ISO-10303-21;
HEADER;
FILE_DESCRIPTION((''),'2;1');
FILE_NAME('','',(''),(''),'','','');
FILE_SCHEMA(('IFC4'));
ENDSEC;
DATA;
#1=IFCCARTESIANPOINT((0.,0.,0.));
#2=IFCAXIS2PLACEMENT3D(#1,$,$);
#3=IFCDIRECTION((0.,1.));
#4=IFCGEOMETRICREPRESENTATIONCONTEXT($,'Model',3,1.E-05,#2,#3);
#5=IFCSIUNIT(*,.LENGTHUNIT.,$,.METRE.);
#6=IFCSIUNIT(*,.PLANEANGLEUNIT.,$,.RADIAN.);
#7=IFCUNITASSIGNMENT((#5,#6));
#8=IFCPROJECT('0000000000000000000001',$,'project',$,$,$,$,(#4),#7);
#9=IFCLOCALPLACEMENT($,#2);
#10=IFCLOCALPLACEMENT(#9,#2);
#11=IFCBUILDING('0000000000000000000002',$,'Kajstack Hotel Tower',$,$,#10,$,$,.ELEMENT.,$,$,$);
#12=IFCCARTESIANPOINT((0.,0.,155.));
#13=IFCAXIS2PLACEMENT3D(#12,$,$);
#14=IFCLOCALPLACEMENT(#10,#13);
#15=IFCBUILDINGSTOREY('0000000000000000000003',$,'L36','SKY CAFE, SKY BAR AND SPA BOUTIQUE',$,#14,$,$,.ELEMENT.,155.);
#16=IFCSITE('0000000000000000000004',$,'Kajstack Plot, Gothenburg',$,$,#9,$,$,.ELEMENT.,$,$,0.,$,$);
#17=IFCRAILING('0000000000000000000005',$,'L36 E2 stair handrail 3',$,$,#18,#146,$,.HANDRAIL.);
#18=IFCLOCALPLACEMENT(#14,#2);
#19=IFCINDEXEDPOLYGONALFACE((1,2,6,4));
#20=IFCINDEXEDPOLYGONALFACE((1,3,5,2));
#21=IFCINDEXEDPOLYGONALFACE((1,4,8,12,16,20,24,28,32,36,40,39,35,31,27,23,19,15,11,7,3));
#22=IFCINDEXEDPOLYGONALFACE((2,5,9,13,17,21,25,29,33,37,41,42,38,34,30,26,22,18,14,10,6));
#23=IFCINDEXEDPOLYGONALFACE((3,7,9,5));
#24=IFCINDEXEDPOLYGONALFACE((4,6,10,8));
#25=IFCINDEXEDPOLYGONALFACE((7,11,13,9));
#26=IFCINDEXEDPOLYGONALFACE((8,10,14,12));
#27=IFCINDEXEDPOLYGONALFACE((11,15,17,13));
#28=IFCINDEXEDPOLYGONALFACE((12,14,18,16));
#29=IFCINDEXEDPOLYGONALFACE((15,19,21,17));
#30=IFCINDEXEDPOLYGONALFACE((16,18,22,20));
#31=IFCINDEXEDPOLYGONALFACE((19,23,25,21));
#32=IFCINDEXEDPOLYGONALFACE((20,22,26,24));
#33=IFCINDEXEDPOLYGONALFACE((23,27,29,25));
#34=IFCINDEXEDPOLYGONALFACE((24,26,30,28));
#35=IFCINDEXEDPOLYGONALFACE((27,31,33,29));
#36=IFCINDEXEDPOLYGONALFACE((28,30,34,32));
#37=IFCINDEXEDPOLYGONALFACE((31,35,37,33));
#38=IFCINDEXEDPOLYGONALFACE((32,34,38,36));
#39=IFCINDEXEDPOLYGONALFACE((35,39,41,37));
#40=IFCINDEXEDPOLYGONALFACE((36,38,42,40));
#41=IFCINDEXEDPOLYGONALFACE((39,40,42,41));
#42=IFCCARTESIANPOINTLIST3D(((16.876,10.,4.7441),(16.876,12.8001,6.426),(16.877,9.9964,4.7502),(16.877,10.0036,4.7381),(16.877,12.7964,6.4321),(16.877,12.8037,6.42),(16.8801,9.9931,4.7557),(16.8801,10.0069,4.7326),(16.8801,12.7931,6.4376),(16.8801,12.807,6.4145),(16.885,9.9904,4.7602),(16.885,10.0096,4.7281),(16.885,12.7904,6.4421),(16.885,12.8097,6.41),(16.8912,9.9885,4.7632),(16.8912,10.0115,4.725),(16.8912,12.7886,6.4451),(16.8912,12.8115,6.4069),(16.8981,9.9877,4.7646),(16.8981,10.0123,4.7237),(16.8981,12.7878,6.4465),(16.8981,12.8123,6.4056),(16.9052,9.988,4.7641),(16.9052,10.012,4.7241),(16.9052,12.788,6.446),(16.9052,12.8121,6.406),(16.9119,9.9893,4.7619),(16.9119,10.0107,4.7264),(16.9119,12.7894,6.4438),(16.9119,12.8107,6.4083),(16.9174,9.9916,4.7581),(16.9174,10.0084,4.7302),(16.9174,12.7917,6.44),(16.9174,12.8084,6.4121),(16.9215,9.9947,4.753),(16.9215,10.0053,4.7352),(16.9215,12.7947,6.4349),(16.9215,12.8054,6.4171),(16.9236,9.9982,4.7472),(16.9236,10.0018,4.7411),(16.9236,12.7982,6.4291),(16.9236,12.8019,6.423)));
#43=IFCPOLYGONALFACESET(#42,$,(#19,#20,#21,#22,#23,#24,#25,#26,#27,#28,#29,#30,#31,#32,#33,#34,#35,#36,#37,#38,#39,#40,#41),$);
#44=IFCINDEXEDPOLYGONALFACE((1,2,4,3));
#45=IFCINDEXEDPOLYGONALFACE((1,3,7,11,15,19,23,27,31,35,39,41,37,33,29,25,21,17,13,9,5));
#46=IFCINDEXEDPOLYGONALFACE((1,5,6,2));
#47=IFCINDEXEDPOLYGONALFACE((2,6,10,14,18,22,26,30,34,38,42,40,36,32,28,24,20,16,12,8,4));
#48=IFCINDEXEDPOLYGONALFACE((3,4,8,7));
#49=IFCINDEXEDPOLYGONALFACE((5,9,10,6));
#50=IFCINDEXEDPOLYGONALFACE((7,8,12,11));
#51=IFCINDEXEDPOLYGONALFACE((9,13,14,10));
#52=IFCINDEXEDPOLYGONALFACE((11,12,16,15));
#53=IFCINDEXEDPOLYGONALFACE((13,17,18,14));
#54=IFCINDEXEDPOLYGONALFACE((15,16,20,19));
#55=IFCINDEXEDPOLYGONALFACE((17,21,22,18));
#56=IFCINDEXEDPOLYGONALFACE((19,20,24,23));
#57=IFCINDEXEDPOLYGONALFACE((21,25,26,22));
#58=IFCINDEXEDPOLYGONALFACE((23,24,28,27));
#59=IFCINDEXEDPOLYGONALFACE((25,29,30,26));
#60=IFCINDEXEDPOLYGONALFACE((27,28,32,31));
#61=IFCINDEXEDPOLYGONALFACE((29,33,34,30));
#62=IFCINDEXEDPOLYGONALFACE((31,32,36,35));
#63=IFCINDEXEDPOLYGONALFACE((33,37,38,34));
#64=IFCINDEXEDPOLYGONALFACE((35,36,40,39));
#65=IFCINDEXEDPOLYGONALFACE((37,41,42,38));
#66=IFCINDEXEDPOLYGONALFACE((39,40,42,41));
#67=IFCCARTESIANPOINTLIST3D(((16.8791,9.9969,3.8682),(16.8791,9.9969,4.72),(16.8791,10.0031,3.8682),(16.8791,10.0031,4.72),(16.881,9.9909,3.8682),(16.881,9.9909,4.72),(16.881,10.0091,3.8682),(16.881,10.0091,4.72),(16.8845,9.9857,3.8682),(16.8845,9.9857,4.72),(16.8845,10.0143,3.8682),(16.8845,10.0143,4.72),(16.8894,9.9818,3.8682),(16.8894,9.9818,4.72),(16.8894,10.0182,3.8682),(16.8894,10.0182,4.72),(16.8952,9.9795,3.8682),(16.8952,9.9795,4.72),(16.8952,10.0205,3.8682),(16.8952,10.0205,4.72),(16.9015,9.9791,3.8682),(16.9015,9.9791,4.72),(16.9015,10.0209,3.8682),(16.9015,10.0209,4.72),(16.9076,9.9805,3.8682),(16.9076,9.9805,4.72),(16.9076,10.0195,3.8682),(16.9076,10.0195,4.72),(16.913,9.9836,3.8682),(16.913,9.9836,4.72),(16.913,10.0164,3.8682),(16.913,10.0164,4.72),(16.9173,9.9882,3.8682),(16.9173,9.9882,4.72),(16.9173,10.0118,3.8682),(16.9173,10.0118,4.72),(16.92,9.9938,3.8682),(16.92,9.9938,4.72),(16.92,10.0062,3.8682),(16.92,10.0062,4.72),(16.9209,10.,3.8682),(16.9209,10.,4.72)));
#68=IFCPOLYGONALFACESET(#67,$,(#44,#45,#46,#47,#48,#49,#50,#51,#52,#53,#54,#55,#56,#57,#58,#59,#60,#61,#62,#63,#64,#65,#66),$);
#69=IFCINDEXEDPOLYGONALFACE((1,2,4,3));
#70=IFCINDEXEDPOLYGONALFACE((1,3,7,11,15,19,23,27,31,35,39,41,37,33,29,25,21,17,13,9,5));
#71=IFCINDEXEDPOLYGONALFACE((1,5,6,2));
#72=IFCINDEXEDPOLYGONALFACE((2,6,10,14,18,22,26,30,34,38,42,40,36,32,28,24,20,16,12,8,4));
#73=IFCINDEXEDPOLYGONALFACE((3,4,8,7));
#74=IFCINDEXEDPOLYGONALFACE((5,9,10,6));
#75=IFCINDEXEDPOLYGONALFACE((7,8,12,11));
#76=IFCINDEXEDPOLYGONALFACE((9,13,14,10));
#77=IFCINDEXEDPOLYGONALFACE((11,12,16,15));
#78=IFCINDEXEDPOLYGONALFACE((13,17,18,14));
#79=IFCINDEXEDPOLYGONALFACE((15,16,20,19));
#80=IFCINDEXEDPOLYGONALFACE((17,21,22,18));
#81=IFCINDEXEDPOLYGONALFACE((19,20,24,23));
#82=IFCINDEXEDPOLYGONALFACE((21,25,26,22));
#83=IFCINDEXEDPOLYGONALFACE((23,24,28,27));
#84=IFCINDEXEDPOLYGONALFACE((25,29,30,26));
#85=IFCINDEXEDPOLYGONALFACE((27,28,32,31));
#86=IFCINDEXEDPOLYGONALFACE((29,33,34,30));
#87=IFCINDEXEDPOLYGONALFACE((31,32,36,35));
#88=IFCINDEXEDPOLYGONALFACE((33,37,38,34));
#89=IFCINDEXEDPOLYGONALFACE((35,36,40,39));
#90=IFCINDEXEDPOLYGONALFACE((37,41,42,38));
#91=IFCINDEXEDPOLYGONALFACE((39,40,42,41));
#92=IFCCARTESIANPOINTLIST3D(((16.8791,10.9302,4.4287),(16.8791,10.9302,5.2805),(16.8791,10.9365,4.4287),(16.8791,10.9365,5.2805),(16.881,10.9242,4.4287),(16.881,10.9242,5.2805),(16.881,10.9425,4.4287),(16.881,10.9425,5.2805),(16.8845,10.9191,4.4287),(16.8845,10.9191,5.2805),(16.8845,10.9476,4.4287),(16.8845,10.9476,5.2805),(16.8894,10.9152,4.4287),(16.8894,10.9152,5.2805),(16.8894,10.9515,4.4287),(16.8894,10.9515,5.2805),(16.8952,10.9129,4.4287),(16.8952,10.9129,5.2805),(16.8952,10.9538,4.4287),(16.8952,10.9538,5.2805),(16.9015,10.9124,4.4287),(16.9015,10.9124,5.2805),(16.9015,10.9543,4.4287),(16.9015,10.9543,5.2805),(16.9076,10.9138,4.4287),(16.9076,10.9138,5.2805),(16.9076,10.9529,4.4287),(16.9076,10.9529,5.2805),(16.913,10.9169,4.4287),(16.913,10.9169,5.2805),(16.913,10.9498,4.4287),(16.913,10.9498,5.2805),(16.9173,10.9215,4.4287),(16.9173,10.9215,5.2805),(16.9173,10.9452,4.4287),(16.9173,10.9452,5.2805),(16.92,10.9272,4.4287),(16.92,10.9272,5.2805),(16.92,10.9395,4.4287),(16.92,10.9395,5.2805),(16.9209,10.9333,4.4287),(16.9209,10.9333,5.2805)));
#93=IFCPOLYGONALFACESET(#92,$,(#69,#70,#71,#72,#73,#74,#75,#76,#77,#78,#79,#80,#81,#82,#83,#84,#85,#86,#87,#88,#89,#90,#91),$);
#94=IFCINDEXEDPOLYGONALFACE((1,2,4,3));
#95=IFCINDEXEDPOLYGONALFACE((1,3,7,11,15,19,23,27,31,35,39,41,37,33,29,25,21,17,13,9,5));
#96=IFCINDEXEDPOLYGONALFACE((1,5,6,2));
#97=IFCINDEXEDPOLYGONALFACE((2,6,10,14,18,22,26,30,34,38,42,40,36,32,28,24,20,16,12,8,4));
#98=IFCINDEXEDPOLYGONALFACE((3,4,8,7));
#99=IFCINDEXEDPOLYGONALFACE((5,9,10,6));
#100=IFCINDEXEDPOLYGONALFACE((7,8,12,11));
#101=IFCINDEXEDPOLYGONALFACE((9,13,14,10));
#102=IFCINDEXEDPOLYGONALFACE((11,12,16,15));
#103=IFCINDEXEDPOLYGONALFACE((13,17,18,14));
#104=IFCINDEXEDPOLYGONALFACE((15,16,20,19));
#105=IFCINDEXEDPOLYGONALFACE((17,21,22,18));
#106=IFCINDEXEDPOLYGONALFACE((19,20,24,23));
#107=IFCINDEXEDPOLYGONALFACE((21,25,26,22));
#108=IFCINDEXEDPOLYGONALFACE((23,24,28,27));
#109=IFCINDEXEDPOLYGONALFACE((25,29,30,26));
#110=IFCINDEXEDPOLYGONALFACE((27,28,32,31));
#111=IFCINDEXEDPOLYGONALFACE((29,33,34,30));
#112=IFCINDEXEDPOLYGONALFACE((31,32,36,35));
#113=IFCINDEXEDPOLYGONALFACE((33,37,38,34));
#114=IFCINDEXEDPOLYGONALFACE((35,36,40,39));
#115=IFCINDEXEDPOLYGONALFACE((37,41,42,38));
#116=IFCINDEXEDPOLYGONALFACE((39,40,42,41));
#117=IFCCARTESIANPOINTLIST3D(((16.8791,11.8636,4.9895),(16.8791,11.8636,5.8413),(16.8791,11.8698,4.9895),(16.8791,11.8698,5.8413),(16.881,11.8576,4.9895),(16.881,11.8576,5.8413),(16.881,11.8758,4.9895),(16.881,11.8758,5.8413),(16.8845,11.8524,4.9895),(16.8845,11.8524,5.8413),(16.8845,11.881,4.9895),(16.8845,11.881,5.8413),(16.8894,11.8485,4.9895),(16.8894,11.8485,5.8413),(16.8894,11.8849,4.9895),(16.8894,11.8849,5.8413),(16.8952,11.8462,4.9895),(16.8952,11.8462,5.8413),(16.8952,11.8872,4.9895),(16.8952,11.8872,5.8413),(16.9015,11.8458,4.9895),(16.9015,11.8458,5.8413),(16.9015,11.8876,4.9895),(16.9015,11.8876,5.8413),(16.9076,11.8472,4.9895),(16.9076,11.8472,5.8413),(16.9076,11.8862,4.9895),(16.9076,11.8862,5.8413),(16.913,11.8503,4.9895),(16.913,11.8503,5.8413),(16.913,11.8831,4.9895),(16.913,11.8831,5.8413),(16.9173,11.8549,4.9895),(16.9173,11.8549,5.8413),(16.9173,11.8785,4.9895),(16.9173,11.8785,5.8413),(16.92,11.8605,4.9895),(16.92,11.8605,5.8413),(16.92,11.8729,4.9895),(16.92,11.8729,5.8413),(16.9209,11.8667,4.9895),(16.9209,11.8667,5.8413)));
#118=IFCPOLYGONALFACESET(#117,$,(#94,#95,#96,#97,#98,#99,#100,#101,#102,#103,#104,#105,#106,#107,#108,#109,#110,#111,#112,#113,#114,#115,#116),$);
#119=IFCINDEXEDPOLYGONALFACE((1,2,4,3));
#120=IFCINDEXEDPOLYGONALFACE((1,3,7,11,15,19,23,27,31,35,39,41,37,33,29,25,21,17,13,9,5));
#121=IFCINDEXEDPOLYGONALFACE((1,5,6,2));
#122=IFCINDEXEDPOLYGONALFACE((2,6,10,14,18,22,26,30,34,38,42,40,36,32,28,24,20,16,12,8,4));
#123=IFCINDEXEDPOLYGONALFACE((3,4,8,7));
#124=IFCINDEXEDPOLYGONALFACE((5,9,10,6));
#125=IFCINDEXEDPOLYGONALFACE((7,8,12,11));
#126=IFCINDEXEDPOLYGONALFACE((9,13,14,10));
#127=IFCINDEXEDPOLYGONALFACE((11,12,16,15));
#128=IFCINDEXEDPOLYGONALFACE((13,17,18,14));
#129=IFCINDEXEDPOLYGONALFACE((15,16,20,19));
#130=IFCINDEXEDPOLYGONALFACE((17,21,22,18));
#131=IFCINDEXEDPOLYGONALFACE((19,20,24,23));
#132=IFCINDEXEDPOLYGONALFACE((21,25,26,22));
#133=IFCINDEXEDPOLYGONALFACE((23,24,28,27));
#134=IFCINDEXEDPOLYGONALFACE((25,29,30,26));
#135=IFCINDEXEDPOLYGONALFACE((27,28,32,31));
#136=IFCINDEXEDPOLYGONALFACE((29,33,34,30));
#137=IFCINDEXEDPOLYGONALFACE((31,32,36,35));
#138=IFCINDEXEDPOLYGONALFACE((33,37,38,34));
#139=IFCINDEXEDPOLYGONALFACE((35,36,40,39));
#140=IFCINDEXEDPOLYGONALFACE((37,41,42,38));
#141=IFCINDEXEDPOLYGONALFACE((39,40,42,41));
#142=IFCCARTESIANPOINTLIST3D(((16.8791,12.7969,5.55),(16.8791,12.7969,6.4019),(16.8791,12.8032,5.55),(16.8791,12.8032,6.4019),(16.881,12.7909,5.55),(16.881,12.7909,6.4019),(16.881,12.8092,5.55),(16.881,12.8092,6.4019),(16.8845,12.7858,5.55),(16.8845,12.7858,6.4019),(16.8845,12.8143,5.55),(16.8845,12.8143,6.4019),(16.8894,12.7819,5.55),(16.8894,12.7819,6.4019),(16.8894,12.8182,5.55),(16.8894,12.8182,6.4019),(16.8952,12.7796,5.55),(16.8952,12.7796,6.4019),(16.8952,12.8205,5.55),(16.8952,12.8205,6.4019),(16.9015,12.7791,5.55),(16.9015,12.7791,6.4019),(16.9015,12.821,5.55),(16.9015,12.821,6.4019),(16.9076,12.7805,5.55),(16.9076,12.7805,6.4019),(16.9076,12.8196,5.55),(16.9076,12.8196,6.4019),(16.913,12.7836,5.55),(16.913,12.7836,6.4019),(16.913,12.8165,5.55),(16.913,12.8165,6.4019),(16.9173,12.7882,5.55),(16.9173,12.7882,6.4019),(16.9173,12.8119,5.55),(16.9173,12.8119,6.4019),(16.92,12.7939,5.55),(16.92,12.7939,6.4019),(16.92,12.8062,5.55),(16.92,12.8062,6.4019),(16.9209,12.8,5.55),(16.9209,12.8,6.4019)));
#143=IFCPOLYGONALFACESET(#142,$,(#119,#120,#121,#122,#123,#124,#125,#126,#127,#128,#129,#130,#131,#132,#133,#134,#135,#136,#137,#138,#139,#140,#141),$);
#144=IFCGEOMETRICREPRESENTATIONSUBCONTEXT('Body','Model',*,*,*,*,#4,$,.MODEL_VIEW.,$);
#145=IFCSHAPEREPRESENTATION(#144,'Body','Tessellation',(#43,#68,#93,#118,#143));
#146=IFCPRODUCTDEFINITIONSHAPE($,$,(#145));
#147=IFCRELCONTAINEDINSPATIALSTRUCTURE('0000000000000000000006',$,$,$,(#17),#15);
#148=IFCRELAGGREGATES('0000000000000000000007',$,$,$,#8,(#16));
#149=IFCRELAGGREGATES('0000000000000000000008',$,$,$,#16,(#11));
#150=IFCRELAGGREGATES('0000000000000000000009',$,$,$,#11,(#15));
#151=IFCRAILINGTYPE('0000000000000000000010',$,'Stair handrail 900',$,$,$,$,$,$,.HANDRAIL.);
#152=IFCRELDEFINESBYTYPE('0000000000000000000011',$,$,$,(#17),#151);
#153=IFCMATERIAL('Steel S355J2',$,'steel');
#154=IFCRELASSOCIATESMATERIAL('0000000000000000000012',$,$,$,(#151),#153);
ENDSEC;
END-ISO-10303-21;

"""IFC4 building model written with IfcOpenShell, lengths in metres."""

from ifc_helpers import new_model, si_unit, direction, frame, origin, origin_2d, place, context, subcontext, project, spatial, circle, extrude, material, type_object, element, save


model = new_model("IFC4")

# Units and contexts
model_context = context("Model", 3, precision=1e-05, world=origin(), true_north=direction((0.0, 1.0)))
body_context = subcontext(model_context, "Body", "Model", "MODEL_VIEW")
ifc_project = project(units=[si_unit("LENGTHUNIT", "METRE"), si_unit("PLANEANGLEUNIT", "RADIAN")], contexts=[model_context])

# Site, building, storey
site_placement = place(None, origin())
site = spatial("IfcSite", under=ifc_project, at=site_placement, Name="Kajstack Plot, Gothenburg", CompositionType="ELEMENT", RefElevation=0.0)
building_placement = place(site_placement, origin())
building = spatial("IfcBuilding", under=site, at=building_placement, Name="Kajstack Hotel Tower", CompositionType="ELEMENT")
storey_placement = place(building_placement, frame((0.0, 0.0, 155.0)))
storey = spatial("IfcBuildingStorey", under=building, at=storey_placement, Name="L36", Description="SKY CAFE, SKY BAR AND SPA BOUTIQUE", CompositionType="ELEMENT", Elevation=155.0)

# Railing
ifc_material_1 = material(Name="Steel S355J2", Category="steel")
railing_type_1 = type_object("IfcRailingType", Name="Stair handrail 900", PredefinedType="HANDRAIL", material=ifc_material_1)
for number, where, name in (
    (1, (16.8999, 10.0, 3.8682), "L36 E2 stair handrail 3"),
):
    element("IfcRailing", number, at=place(storey_placement, frame(where)), inside=storey, type_object=railing_type_1, Name=name, PredefinedType="HANDRAIL", context=body_context, shape_type="SweptSolid", body=[
        extrude(circle(Radius=0.0239, at=origin_2d()), frame((0.0, 0.0, 0.876), z_axis=(0.0, 0.857242, 0.514913), x_axis=(-1.0, 0.0, 0.0)), (0.0, 0.0, 1.0), 3.2664),
        extrude(circle(Radius=0.021, at=origin_2d()), origin(), (0.0, 0.0, 1.0), 0.8518),
        extrude(circle(Radius=0.021, at=origin_2d()), frame((0.0, 0.9333, 0.5605)), (0.0, 0.0, 1.0), 0.8518),
        extrude(circle(Radius=0.021, at=origin_2d()), frame((0.0, 1.8667, 1.1213)), (0.0, 0.0, 1.0), 0.8518),
        extrude(circle(Radius=0.021, at=origin_2d()), frame((0.0, 2.8, 1.6819)), (0.0, 0.0, 1.0), 0.8518),
    ])

save(model, "model.ifc")
